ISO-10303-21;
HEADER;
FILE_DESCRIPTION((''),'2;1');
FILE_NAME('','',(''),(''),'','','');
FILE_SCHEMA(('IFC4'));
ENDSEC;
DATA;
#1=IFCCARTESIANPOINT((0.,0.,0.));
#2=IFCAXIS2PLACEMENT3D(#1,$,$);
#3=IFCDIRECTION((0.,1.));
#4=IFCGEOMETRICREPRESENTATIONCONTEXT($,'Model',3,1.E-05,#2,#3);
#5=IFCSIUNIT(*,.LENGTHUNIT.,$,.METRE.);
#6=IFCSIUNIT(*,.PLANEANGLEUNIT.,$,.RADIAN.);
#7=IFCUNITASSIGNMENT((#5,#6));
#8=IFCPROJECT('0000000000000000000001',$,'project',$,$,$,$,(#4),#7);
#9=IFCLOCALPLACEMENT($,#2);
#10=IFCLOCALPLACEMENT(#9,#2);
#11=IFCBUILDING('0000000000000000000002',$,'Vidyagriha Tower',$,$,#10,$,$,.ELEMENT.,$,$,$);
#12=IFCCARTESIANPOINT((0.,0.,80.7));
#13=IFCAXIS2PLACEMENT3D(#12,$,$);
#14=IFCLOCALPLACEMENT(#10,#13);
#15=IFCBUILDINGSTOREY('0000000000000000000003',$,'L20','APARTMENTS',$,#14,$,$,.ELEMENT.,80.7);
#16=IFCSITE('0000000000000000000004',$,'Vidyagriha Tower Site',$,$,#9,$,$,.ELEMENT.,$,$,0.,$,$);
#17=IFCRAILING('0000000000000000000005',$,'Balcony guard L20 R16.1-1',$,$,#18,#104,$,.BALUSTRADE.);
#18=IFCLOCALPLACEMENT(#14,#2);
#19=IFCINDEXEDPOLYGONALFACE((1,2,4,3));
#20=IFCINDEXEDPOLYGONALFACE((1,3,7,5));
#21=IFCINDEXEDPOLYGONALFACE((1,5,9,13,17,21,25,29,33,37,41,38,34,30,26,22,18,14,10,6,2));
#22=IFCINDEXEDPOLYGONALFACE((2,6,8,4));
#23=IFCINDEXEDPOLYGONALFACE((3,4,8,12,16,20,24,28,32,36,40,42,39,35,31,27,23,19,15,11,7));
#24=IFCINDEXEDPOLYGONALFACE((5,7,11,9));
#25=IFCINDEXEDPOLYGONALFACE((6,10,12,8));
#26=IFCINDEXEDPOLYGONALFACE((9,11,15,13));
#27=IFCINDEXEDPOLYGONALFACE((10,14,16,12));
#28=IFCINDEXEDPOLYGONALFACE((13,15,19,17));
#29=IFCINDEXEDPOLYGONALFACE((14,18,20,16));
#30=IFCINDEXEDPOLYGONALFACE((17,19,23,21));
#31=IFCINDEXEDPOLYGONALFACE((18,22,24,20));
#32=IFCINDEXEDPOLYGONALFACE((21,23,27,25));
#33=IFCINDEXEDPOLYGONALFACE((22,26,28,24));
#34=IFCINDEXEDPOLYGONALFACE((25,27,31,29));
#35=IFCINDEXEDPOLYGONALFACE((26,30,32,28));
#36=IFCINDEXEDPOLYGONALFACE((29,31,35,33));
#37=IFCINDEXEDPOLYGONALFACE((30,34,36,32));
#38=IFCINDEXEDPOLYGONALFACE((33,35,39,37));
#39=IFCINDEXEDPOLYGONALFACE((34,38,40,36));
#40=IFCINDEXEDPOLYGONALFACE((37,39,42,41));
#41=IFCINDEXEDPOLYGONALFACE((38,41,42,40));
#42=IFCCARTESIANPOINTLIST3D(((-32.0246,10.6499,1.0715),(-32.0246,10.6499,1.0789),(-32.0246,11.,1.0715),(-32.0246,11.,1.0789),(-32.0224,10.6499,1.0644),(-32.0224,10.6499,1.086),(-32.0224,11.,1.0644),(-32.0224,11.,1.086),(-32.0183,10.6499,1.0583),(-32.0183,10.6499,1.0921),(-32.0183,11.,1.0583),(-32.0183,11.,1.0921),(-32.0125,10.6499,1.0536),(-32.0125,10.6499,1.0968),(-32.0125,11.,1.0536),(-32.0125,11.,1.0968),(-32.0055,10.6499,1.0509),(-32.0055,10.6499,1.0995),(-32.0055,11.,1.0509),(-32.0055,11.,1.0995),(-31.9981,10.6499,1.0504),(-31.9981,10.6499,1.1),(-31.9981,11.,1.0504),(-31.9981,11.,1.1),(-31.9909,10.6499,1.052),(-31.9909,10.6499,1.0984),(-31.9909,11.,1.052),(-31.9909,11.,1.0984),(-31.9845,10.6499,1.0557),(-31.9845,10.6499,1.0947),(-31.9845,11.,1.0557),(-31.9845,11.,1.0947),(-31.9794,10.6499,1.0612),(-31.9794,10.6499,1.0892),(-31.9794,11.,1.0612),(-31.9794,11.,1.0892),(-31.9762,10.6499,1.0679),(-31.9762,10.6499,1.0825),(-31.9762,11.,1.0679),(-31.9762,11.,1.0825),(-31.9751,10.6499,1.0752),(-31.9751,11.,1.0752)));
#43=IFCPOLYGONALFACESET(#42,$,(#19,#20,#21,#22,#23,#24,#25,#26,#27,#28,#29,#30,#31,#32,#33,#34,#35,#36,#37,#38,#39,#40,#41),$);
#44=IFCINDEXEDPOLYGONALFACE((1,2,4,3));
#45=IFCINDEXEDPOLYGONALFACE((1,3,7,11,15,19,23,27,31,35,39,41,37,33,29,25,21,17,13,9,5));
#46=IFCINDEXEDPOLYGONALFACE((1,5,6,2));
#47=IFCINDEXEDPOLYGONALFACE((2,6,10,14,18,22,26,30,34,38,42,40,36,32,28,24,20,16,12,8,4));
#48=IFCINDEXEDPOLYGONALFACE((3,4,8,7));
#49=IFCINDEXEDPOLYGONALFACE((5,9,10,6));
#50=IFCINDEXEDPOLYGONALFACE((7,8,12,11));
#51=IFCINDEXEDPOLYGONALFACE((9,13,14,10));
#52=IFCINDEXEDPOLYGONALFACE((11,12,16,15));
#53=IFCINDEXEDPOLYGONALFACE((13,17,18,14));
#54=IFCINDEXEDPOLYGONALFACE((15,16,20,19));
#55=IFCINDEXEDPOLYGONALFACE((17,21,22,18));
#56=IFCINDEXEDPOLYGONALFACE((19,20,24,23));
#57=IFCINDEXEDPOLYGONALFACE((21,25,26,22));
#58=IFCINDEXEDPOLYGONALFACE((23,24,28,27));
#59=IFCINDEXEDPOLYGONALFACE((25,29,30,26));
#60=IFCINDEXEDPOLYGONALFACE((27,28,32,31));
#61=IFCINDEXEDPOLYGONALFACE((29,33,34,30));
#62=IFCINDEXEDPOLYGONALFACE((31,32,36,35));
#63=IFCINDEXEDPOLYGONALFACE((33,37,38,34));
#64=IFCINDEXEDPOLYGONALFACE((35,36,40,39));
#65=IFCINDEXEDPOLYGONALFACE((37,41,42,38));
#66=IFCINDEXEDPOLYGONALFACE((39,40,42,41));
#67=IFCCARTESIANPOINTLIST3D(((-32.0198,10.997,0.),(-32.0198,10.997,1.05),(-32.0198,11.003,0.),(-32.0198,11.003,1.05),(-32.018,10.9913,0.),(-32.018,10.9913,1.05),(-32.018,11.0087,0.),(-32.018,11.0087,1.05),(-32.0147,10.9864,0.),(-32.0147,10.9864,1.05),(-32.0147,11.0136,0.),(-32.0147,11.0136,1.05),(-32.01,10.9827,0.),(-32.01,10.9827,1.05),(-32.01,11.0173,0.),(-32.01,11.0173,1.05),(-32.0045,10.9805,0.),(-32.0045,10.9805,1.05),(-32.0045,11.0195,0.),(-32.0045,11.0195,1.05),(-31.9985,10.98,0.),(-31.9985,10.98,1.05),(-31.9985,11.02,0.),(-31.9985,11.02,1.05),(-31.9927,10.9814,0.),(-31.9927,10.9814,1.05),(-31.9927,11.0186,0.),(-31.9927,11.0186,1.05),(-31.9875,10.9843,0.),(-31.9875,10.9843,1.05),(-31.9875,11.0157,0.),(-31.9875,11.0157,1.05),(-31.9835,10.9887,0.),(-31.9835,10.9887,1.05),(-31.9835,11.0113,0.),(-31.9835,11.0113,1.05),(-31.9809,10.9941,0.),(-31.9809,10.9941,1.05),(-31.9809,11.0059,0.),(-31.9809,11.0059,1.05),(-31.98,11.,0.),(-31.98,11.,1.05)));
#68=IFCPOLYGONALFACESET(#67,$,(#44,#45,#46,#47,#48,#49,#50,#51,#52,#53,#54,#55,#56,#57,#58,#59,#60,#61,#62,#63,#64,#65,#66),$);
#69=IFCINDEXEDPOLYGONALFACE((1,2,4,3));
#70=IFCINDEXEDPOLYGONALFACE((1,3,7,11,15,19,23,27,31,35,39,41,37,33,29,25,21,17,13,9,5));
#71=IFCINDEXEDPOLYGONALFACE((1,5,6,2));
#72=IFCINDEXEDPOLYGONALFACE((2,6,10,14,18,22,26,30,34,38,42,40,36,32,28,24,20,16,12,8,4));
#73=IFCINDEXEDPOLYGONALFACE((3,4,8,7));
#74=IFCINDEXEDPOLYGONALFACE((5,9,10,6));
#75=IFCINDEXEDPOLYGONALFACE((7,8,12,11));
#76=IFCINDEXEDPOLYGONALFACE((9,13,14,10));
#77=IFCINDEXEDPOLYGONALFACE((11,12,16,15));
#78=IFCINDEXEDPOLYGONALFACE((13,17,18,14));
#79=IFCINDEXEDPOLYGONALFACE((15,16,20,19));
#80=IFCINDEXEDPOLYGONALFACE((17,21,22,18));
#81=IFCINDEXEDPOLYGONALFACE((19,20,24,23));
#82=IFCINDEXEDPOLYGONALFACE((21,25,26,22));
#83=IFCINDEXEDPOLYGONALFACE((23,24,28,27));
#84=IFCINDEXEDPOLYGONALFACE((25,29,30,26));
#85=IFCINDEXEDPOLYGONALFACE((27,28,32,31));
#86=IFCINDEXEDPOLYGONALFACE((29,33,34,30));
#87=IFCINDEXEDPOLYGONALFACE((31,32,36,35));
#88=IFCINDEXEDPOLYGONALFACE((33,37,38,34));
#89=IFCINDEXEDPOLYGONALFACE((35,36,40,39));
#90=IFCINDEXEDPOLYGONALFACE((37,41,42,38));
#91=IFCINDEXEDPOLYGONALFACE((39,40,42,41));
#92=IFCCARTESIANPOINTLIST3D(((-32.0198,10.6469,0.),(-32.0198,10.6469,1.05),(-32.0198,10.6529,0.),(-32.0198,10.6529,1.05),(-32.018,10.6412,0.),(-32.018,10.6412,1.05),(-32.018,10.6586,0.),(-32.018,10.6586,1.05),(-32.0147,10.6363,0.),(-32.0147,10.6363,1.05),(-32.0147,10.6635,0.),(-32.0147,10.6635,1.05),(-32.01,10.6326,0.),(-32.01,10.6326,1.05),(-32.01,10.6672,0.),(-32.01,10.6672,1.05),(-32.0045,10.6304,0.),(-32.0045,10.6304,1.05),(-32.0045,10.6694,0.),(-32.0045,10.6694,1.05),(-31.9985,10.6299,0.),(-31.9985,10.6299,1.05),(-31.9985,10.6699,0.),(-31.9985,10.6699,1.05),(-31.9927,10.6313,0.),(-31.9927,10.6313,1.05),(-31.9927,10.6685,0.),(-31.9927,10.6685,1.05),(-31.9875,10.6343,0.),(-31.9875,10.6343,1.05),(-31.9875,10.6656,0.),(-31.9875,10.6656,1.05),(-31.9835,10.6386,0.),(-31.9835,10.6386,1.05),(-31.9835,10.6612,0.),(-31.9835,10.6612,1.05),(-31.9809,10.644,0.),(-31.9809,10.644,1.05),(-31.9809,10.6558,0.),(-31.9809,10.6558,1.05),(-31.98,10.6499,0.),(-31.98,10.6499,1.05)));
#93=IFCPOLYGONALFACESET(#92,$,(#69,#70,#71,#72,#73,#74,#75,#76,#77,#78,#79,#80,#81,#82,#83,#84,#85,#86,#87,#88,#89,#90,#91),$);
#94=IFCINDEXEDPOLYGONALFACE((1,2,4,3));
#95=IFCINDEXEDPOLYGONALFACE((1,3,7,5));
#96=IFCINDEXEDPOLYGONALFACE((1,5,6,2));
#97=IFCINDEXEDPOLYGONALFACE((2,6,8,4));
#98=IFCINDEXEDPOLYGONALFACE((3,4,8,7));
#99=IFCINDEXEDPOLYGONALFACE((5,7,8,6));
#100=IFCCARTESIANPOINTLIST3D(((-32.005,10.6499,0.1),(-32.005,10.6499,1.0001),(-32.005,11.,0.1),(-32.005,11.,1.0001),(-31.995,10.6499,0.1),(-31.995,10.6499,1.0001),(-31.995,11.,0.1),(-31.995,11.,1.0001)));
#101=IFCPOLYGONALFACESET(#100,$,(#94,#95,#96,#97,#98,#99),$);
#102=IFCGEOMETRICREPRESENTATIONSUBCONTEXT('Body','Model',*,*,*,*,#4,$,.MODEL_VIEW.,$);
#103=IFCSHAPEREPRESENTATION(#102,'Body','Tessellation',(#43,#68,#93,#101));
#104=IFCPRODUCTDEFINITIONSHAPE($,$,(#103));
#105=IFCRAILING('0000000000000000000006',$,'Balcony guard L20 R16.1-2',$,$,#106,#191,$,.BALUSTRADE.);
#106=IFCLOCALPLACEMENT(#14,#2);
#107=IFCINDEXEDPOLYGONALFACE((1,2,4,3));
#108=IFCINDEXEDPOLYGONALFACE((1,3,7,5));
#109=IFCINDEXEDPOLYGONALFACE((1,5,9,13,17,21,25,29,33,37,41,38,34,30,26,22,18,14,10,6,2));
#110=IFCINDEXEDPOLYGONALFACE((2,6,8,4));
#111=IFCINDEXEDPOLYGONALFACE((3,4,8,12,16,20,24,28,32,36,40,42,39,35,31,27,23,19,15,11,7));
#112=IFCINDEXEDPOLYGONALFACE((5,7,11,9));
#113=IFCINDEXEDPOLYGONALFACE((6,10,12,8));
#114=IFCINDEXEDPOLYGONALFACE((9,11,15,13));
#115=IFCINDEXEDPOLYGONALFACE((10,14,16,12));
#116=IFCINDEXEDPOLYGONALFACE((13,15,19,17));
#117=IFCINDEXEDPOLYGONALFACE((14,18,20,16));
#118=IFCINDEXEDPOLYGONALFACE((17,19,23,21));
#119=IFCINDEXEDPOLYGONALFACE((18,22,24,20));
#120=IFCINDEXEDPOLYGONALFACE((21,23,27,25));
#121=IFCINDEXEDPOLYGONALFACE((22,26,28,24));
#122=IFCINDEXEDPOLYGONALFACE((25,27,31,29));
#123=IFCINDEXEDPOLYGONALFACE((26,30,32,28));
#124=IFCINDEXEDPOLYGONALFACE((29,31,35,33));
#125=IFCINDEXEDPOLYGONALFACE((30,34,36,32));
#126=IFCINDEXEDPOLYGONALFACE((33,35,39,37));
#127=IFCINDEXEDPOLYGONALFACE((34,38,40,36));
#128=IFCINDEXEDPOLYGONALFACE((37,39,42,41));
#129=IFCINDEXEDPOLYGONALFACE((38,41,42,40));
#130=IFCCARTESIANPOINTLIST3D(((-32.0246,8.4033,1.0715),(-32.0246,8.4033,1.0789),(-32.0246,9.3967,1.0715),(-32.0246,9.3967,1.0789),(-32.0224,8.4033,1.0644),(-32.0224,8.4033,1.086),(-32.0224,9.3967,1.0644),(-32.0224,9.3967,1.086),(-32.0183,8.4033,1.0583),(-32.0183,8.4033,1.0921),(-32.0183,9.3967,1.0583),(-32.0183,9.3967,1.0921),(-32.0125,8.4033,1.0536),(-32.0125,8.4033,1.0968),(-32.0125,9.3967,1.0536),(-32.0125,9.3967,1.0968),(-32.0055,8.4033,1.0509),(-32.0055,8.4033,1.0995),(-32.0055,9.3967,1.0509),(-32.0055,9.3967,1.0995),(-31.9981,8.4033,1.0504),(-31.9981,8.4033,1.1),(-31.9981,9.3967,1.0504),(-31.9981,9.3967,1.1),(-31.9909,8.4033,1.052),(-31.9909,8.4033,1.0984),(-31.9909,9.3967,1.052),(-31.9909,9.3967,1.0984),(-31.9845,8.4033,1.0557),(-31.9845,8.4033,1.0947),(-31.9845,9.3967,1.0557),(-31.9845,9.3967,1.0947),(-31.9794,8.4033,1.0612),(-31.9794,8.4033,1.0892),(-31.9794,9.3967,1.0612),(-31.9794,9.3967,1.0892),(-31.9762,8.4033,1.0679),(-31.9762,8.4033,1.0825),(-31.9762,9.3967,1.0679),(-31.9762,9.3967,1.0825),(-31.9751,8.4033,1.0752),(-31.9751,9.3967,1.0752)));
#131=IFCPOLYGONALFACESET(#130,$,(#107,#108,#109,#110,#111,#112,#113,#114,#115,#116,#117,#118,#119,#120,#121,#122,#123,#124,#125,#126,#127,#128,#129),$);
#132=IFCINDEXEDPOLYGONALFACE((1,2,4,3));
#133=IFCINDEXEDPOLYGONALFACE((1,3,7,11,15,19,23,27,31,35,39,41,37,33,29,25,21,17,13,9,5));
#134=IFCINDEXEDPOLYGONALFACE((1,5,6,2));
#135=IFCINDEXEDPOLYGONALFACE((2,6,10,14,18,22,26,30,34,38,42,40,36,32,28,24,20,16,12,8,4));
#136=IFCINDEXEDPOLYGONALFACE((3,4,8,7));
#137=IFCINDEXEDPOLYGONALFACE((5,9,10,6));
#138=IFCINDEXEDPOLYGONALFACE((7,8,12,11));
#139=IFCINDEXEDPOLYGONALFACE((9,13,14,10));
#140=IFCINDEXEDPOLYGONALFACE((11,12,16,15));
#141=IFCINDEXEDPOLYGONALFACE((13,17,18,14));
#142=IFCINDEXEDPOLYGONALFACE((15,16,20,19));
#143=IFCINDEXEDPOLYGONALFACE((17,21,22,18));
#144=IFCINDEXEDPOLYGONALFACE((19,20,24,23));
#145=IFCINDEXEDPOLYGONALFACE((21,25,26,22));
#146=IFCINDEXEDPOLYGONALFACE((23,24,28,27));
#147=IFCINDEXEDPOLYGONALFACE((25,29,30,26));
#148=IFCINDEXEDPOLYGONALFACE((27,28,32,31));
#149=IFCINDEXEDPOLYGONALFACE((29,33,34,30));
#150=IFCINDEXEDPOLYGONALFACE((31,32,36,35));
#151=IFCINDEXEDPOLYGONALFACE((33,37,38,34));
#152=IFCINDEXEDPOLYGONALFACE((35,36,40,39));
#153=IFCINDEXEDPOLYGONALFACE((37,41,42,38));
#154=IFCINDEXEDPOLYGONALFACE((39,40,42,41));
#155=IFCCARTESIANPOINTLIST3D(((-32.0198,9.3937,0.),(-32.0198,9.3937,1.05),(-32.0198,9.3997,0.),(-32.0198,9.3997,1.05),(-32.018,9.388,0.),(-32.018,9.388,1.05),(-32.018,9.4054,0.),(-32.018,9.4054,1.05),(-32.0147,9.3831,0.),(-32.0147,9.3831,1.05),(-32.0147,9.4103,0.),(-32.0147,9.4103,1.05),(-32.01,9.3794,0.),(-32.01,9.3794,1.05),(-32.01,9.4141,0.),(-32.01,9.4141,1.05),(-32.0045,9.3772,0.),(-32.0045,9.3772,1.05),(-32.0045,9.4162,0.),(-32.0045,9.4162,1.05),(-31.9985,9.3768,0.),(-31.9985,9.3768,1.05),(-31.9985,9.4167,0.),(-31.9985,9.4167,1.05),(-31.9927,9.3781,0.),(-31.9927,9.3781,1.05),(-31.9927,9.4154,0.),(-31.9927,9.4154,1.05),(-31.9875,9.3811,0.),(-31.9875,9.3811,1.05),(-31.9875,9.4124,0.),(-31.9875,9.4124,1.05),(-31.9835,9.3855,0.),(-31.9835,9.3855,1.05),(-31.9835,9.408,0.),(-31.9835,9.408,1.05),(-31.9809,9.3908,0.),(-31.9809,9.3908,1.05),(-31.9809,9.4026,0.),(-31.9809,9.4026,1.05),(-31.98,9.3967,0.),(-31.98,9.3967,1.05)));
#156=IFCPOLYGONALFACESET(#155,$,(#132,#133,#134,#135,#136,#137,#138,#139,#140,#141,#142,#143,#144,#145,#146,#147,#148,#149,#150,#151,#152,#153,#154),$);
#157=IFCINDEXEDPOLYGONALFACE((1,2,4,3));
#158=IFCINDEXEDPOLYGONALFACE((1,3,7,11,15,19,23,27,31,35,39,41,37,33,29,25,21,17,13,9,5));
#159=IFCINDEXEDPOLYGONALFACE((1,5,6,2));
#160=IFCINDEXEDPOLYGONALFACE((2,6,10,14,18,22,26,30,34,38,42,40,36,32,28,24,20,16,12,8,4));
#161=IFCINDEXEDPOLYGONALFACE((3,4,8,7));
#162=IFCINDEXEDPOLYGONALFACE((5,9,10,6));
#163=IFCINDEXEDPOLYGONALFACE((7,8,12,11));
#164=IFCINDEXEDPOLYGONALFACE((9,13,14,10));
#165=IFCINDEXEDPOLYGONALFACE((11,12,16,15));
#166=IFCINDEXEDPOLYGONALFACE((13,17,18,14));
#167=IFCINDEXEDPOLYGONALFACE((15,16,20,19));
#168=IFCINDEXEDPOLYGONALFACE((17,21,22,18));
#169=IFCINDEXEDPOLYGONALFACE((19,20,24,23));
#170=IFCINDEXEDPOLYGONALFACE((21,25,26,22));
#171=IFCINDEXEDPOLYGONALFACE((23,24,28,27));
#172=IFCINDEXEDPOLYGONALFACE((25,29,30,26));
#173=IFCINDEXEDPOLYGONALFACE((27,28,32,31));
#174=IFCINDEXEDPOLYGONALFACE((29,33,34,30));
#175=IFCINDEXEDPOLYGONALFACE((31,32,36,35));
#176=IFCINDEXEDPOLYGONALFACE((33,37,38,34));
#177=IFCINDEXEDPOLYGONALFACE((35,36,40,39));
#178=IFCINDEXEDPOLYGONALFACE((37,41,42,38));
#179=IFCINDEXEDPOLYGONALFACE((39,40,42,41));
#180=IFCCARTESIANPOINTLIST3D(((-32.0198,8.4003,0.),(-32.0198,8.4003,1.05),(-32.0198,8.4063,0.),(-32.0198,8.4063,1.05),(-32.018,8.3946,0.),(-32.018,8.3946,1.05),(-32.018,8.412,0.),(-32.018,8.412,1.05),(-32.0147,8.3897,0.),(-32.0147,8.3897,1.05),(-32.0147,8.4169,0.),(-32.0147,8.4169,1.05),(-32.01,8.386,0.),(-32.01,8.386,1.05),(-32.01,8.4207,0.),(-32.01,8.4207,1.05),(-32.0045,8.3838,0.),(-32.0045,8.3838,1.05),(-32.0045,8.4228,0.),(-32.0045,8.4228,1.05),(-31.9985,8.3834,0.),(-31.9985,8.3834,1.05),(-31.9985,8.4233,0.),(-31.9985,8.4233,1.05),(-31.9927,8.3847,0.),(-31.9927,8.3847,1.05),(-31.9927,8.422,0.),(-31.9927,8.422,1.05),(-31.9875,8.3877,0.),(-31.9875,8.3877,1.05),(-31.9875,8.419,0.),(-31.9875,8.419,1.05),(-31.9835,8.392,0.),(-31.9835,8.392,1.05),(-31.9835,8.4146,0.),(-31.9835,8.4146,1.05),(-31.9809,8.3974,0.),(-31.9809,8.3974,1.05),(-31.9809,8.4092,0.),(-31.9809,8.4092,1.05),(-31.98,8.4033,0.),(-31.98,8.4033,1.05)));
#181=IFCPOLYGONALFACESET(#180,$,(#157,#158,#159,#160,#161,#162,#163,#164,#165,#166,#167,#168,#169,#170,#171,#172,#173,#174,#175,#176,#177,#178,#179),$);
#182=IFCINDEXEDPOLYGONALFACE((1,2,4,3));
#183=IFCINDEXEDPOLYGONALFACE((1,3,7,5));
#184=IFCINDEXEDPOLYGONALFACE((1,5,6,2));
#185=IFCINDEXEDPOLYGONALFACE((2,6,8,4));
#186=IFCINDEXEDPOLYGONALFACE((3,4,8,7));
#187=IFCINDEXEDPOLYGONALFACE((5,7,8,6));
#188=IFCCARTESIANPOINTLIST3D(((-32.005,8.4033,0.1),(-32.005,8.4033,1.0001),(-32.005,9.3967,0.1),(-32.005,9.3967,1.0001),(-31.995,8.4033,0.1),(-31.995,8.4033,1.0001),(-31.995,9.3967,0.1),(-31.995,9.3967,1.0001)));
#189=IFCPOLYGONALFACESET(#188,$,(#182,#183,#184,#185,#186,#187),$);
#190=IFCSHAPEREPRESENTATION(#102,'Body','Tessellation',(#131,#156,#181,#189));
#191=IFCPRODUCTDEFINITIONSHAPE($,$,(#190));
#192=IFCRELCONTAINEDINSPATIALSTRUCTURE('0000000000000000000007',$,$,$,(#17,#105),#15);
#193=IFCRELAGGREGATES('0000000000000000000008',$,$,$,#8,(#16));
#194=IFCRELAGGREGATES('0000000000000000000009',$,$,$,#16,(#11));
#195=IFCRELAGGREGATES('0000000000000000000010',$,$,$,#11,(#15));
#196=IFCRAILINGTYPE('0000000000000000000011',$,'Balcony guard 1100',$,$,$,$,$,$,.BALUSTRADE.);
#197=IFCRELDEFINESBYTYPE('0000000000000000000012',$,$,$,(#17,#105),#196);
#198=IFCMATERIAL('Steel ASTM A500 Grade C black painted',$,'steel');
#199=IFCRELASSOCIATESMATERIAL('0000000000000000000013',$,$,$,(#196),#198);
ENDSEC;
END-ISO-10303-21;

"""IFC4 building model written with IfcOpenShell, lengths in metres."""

from ifc_helpers import new_model, si_unit, direction, frame, origin, origin_2d, place, context, subcontext, project, spatial, rectangle, circle, extrude, material, type_object, element, save


model = new_model("IFC4")

# Units and contexts
model_context = context("Model", 3, precision=1e-05, world=origin(), true_north=direction((0.0, 1.0)))
body_context = subcontext(model_context, "Body", "Model", "MODEL_VIEW")
ifc_project = project(units=[si_unit("LENGTHUNIT", "METRE"), si_unit("PLANEANGLEUNIT", "RADIAN")], contexts=[model_context])

# Site, building, storey
site_placement = place(None, origin())
site = spatial("IfcSite", under=ifc_project, at=site_placement, Name="Vidyagriha Tower Site", CompositionType="ELEMENT", RefElevation=0.0)
building_placement = place(site_placement, origin())
building = spatial("IfcBuilding", under=site, at=building_placement, Name="Vidyagriha Tower", CompositionType="ELEMENT")
storey_placement = place(building_placement, frame((0.0, 0.0, 80.7)))
storey = spatial("IfcBuildingStorey", under=building, at=storey_placement, Name="L20", Description="APARTMENTS", CompositionType="ELEMENT", Elevation=80.7)

# Railings
ifc_material_1 = material(Name="Steel ASTM A500 Grade C black painted", Category="steel")
railing_type_1 = type_object("IfcRailingType", Name="Balcony guard 1100", PredefinedType="BALUSTRADE", material=ifc_material_1)
railing_1_placement = place(storey_placement, frame((-32.0, 11.0, 0.0)))
element("IfcRailing", 1, at=railing_1_placement, inside=storey, type_object=railing_type_1, Name="Balcony guard L20 R16.1-1", PredefinedType="BALUSTRADE", context=body_context, shape_type="SweptSolid", body=[
    extrude(circle(Radius=0.0249, at=origin_2d()), frame((0.0, 0.0, 1.0752), z_axis=(0.0, -1.0, 0.0), x_axis=(1.0, 0.0, 0.0)), (0.0, 0.0, 1.0), 0.3501),
    extrude(circle(Radius=0.02, at=origin_2d()), origin(), (0.0, 0.0, 1.0), 1.05),
    extrude(circle(Radius=0.02, at=origin_2d()), frame((0.0, -0.3501, 0.0)), (0.0, 0.0, 1.0), 1.05),
    extrude(rectangle(XDim=0.01, YDim=0.9001, at=origin_2d()), frame((0.0, 0.0, 0.55), z_axis=(0.0, -1.0, 0.0), x_axis=(1.0, 0.0, 0.0)), (0.0, 0.0, 1.0), 0.3501),
])
railing_2_placement = place(storey_placement, frame((-32.0, 9.3967, 0.0)))
element("IfcRailing", 2, at=railing_2_placement, inside=storey, type_object=railing_type_1, Name="Balcony guard L20 R16.1-2", PredefinedType="BALUSTRADE", context=body_context, shape_type="SweptSolid", body=[
    extrude(circle(Radius=0.0249, at=origin_2d()), frame((0.0, 0.0, 1.0752), z_axis=(0.0, -1.0, 0.0), x_axis=(1.0, 0.0, 0.0)), (0.0, 0.0, 1.0), 0.9934),
    extrude(circle(Radius=0.02, at=origin_2d()), origin(), (0.0, 0.0, 1.0), 1.05),
    extrude(circle(Radius=0.02, at=origin_2d()), frame((0.0, -0.9934, 0.0)), (0.0, 0.0, 1.0), 1.05),
    extrude(rectangle(XDim=0.01, YDim=0.9001, at=origin_2d()), frame((0.0, 0.0, 0.55), z_axis=(0.0, -1.0, 0.0), x_axis=(1.0, 0.0, 0.0)), (0.0, 0.0, 1.0), 0.9934),
])

save(model, "model.ifc")
